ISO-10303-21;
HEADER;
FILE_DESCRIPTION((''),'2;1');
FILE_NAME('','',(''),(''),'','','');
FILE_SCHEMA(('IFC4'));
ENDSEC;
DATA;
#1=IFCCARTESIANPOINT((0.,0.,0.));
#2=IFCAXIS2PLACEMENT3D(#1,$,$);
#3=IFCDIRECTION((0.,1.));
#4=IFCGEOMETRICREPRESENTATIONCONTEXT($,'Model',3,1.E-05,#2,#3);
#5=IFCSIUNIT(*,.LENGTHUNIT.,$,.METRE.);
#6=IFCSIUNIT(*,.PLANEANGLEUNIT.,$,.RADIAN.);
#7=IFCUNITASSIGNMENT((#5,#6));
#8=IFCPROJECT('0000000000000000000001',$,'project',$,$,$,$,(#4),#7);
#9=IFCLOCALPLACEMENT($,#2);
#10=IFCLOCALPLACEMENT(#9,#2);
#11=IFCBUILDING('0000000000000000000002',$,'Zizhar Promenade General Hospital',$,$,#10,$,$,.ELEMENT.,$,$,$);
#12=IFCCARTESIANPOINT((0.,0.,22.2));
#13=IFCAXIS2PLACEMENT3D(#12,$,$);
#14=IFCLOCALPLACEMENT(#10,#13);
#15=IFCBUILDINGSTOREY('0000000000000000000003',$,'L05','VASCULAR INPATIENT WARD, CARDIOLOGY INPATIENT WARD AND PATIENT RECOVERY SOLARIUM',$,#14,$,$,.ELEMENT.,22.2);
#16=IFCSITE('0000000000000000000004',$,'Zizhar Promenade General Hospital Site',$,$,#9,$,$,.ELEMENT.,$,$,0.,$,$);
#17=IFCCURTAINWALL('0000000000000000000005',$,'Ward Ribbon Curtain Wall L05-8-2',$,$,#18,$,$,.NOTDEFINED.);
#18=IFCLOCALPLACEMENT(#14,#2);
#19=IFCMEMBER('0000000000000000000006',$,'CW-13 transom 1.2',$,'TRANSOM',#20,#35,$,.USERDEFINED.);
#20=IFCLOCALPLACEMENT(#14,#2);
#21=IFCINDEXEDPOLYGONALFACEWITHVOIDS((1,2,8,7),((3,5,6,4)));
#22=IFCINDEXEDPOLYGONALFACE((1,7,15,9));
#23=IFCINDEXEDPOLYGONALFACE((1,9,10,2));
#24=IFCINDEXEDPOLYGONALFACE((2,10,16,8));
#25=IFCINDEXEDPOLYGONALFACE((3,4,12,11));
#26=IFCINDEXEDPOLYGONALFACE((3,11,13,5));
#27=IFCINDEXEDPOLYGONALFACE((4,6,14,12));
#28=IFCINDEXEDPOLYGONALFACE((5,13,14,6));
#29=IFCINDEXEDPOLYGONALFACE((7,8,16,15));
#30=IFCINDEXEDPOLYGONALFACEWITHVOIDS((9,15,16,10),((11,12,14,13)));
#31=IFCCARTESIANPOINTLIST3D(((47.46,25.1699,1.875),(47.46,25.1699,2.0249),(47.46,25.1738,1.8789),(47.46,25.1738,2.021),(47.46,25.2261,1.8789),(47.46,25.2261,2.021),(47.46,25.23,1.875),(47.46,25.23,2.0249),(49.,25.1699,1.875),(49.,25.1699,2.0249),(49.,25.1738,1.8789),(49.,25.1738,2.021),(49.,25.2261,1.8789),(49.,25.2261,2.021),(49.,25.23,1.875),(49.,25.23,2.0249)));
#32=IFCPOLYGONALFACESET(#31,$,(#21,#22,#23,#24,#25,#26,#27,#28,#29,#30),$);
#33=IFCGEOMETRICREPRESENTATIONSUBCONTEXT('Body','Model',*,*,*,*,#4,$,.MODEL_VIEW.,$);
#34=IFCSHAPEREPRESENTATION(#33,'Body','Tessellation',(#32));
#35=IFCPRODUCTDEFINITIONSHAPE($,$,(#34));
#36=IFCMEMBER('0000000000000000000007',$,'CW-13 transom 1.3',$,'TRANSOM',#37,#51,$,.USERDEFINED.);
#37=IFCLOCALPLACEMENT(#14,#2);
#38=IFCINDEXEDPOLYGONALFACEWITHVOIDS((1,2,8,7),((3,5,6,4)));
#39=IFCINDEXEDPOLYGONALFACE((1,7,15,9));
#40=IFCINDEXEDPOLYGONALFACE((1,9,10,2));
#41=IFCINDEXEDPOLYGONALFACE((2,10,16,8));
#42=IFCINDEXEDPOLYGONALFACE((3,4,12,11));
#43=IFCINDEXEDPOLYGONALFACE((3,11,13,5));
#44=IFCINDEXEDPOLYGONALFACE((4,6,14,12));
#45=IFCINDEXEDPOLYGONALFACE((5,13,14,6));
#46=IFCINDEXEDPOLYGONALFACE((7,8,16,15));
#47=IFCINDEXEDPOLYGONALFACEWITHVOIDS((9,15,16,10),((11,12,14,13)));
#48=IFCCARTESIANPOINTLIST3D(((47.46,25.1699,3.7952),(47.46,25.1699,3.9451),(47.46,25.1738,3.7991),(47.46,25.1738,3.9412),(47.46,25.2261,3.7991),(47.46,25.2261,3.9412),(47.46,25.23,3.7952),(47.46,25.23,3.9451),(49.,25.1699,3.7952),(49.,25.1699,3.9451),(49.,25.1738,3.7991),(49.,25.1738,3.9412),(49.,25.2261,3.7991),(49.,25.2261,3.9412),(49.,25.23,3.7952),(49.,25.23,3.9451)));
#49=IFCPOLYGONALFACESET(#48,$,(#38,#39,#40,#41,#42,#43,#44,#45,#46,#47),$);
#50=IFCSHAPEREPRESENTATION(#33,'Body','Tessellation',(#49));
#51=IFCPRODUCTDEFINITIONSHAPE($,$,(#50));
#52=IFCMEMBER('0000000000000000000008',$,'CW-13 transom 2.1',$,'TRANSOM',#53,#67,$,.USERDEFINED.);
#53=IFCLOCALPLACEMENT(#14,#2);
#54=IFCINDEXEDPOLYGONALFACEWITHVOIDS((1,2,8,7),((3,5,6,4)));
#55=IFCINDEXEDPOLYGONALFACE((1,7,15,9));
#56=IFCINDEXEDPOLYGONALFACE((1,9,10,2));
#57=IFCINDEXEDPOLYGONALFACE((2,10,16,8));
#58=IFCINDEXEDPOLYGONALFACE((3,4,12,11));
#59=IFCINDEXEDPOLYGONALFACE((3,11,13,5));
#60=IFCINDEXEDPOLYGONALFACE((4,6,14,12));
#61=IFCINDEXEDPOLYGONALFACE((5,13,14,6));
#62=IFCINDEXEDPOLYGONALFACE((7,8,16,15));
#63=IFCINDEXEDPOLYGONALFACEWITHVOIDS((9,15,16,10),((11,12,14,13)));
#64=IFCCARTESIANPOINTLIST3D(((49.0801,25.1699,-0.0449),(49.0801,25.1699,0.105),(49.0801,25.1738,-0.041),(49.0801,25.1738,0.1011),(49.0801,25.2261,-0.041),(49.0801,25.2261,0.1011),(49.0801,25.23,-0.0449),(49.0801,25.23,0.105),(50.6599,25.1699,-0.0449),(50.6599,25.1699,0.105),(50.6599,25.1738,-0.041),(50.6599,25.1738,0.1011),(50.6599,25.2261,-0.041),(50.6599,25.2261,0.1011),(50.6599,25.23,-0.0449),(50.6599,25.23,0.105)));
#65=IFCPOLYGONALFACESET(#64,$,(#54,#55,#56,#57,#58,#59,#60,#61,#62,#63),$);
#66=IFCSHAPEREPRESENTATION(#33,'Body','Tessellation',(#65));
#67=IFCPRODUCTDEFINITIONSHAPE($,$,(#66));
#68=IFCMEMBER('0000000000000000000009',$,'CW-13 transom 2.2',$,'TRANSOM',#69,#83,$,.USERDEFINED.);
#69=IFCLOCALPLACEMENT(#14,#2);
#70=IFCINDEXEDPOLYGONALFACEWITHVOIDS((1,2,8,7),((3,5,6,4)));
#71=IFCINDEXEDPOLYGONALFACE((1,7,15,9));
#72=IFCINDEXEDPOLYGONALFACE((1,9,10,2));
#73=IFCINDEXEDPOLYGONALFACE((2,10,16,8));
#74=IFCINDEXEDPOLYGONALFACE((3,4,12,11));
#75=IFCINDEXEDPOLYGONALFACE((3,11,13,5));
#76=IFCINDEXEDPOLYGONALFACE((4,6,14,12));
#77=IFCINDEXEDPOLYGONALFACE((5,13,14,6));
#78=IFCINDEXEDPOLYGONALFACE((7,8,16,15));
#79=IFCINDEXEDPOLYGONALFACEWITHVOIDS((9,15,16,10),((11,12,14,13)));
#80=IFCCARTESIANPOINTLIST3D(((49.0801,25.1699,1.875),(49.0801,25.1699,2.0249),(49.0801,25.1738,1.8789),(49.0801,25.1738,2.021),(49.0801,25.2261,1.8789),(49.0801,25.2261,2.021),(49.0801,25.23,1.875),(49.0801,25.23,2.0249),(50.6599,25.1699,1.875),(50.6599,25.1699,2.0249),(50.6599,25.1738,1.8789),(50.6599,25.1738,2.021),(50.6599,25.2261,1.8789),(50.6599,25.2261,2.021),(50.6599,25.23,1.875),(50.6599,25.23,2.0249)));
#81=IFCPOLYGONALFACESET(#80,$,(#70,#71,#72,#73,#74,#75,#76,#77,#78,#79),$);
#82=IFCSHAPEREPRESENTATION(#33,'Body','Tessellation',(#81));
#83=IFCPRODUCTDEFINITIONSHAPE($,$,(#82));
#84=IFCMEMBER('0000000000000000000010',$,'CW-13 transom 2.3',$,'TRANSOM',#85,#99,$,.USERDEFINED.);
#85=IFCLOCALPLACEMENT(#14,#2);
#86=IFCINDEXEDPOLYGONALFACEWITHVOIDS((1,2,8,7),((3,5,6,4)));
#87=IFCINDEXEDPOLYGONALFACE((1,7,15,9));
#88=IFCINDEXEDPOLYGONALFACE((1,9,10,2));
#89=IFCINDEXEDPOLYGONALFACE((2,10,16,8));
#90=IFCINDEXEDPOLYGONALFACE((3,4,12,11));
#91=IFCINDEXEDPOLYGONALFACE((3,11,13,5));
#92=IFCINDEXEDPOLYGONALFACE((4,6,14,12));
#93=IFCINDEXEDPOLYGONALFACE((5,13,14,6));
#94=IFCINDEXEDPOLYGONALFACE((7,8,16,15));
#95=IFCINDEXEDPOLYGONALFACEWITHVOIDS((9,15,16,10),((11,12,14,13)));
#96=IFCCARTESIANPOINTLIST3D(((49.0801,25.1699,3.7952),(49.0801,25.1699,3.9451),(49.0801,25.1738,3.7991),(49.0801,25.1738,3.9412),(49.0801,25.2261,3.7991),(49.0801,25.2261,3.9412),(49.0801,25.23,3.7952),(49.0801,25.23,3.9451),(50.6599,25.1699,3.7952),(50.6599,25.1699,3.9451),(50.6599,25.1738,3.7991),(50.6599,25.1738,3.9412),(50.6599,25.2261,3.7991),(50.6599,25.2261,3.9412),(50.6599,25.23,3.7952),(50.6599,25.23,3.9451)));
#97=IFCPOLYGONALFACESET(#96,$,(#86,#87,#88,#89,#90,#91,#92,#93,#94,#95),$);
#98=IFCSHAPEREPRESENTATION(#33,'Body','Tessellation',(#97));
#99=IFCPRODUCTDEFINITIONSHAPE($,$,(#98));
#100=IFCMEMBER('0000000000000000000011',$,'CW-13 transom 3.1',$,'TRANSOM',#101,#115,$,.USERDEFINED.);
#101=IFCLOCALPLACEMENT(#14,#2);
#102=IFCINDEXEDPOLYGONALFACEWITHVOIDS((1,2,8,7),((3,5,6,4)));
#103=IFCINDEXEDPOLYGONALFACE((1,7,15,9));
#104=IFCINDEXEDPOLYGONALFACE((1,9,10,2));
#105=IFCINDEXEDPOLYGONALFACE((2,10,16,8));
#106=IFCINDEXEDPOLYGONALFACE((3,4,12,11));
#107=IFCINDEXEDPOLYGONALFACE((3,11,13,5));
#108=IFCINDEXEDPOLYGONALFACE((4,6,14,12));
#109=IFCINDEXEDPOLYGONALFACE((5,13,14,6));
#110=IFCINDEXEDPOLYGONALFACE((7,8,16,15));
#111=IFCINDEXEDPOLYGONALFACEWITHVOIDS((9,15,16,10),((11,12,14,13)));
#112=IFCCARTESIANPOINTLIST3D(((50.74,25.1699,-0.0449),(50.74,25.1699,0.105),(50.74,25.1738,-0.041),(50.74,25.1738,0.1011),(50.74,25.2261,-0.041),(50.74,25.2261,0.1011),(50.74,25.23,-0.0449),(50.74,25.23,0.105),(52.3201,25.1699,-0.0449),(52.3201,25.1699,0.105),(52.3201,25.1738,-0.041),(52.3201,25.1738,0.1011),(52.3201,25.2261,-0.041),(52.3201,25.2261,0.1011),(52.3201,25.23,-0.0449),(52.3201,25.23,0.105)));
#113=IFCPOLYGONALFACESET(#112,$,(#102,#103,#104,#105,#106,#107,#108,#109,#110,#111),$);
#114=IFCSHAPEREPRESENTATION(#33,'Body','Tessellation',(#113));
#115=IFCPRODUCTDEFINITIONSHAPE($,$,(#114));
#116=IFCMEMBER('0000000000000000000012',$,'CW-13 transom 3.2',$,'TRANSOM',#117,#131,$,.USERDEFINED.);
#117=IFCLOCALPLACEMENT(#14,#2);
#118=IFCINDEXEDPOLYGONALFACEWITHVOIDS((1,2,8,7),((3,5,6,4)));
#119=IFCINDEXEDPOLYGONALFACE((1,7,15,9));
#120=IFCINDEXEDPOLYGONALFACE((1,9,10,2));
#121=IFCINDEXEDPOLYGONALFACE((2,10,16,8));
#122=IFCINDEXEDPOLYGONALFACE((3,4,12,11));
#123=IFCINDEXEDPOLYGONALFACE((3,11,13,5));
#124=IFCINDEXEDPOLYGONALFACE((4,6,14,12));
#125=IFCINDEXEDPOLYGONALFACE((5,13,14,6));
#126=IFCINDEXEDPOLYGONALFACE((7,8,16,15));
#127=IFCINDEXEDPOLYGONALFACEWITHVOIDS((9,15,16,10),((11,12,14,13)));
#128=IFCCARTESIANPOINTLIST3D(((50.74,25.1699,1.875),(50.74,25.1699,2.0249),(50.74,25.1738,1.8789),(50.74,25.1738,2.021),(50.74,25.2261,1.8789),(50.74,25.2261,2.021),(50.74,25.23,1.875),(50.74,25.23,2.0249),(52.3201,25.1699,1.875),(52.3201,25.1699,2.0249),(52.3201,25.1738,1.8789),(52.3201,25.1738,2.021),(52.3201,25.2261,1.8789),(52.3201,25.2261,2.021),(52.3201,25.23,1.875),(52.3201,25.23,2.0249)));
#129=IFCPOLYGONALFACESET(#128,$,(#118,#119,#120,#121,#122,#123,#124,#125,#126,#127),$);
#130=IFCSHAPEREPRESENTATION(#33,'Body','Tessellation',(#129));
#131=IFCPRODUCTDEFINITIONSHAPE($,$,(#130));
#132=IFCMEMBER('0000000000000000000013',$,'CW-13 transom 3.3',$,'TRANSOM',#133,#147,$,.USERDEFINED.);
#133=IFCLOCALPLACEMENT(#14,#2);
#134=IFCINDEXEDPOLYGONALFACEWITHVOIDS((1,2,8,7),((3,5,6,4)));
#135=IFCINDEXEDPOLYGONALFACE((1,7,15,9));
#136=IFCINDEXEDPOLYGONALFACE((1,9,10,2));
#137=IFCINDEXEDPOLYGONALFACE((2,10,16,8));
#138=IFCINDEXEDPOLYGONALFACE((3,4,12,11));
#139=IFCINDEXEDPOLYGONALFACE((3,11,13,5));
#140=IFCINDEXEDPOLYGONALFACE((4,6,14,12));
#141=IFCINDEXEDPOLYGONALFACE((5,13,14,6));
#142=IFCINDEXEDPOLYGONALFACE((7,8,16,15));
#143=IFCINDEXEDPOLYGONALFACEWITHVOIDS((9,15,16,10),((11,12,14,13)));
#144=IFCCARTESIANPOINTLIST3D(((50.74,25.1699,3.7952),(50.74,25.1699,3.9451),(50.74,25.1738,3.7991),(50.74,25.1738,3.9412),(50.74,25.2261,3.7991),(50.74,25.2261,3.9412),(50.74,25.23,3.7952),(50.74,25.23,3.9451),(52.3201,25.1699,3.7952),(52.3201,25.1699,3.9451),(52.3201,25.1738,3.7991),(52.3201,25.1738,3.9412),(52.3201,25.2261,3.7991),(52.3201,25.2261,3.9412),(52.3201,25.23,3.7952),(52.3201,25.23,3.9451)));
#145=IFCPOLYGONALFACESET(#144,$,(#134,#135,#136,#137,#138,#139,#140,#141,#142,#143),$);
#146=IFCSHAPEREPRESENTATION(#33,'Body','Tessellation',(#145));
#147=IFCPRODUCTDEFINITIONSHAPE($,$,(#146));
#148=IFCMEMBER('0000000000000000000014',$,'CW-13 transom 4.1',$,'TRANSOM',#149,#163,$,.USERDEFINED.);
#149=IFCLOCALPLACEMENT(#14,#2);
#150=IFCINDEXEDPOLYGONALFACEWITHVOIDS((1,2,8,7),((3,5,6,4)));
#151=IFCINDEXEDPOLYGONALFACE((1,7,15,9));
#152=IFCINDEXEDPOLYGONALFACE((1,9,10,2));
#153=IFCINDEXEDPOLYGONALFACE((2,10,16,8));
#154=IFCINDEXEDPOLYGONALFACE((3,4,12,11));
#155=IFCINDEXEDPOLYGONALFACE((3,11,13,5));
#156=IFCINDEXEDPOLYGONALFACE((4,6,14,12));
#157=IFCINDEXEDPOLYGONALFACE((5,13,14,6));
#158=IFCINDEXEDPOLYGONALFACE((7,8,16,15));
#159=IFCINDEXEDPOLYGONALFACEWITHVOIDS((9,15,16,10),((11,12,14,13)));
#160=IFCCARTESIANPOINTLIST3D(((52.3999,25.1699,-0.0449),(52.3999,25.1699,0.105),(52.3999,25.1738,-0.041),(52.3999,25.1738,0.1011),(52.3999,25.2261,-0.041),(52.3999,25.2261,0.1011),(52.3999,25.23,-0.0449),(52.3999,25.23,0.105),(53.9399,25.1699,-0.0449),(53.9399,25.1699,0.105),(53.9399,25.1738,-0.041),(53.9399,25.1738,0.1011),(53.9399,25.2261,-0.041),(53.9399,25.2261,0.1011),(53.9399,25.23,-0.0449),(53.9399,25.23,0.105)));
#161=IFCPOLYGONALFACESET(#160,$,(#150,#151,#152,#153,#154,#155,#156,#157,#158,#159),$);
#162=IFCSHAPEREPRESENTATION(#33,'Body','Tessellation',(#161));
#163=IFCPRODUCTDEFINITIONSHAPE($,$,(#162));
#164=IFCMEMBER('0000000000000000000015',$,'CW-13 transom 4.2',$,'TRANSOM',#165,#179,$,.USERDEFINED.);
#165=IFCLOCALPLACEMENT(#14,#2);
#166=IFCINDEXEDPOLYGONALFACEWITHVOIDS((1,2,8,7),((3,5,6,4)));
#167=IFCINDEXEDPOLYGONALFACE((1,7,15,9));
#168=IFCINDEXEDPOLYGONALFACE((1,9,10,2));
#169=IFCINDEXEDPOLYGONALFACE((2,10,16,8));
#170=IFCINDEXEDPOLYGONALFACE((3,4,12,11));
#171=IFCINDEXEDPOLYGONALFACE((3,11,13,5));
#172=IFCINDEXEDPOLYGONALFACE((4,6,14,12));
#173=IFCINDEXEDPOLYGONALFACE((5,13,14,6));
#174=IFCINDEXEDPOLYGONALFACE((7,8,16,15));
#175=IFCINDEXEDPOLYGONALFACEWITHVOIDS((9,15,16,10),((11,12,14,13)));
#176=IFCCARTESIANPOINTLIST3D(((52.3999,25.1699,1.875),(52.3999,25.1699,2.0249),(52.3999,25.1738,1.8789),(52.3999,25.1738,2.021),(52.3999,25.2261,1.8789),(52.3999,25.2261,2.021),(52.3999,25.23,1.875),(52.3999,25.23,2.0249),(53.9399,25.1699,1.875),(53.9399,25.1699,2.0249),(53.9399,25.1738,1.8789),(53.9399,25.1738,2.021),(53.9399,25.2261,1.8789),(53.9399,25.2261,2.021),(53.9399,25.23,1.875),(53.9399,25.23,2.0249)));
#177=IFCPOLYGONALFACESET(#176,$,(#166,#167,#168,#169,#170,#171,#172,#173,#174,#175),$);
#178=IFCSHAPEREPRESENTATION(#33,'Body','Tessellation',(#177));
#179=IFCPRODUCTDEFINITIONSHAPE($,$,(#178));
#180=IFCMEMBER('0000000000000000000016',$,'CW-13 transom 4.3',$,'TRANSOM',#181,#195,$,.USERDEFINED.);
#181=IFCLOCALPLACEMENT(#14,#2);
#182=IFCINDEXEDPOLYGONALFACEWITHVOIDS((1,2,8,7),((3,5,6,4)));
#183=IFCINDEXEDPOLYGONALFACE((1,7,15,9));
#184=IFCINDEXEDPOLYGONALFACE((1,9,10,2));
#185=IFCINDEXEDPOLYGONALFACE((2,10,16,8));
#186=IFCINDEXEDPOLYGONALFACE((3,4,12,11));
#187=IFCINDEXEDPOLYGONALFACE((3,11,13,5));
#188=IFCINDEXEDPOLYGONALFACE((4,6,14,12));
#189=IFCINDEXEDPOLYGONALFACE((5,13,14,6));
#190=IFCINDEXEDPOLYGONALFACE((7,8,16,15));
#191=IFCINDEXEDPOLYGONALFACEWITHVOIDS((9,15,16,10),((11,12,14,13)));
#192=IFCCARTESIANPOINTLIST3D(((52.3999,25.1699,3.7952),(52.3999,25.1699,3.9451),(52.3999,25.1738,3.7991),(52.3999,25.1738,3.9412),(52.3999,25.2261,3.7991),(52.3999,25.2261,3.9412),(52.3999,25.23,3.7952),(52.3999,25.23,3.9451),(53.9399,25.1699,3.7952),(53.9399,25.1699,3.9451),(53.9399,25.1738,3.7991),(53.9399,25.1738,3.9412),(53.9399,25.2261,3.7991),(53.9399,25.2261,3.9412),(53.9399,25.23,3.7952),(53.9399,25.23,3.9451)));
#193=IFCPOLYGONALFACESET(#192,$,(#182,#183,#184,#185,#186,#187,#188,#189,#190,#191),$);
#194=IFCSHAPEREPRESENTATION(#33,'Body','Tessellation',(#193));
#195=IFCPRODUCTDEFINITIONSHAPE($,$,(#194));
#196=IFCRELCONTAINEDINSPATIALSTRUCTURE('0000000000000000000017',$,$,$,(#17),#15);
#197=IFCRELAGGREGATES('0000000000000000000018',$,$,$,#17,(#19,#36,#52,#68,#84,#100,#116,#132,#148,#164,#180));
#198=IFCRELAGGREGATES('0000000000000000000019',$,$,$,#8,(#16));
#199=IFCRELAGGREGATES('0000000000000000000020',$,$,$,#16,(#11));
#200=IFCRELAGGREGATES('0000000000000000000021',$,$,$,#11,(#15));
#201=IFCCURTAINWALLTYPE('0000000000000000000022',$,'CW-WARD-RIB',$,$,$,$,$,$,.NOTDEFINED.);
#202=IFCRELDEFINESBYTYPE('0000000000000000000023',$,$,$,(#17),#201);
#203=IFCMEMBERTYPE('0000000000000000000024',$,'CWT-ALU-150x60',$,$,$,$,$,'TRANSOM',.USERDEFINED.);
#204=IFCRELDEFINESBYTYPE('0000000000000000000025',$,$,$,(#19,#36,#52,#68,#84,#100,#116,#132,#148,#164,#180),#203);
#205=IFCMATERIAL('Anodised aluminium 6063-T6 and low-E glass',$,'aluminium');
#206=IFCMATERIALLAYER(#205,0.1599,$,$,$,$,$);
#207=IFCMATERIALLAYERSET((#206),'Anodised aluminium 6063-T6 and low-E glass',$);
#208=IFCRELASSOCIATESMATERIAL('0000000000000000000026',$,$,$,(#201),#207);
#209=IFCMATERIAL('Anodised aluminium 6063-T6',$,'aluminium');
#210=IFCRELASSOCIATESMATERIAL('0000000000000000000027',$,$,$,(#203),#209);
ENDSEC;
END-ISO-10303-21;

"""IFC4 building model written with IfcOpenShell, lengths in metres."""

from ifc_helpers import new_model, si_unit, direction, frame, origin, origin_2d, place, context, subcontext, project, spatial, hollow_rectangle, extrude, material, layer, layer_set, material_profile, profile_set, type_object, element, aggregate, save


model = new_model("IFC4")

# Units and contexts
model_context = context("Model", 3, precision=1e-05, world=origin(), true_north=direction((0.0, 1.0)))
body_context = subcontext(model_context, "Body", "Model", "MODEL_VIEW")
ifc_project = project(units=[si_unit("LENGTHUNIT", "METRE"), si_unit("PLANEANGLEUNIT", "RADIAN")], contexts=[model_context])

# Site, building, storey
site_placement = place(None, origin())
site = spatial("IfcSite", under=ifc_project, at=site_placement, Name="Zizhar Promenade General Hospital Site", CompositionType="ELEMENT", RefElevation=0.0)
building_placement = place(site_placement, origin())
building = spatial("IfcBuilding", under=site, at=building_placement, Name="Zizhar Promenade General Hospital", CompositionType="ELEMENT")
storey_placement = place(building_placement, frame((0.0, 0.0, 22.2)))
storey = spatial("IfcBuildingStorey", under=building, at=storey_placement, Name="L05", Description="VASCULAR INPATIENT WARD, CARDIOLOGY INPATIENT WARD AND PATIENT RECOVERY SOLARIUM", CompositionType="ELEMENT", Elevation=22.2)

# Shared definitions
ifc_material_1 = material(Name="Anodised aluminium 6063-T6 and low-E glass", Category="aluminium")
ifc_layer_1 = layer(ifc_material_1, 0.1599)
ifc_layer_set_1 = layer_set([ifc_layer_1], Name="Anodised aluminium 6063-T6 and low-E glass")
curtain_wall_type = type_object("IfcCurtainWallType", Name="CW-WARD-RIB", PredefinedType="NOTDEFINED", material=ifc_layer_set_1)

# Curtain wall
curtain_wall_1_placement = place(storey_placement, origin())
curtain_wall_1 = element("IfcCurtainWall", 1, at=curtain_wall_1_placement, inside=storey, type_object=curtain_wall_type, Name="Ward Ribbon Curtain Wall L05-8-2", PredefinedType="NOTDEFINED")

# Members
ifc_material_2 = material(Name="Anodised aluminium 6063-T6", Category="aluminium")
ifc_material_profile_1 = material_profile(ifc_material_2, hollow_rectangle(XDim=0.0601, YDim=0.1499, WallThickness=0.0039, at=origin_2d()))
ifc_profile_set_1 = profile_set([ifc_material_profile_1], Name="Anodised aluminium 6063-T6")
member_type_1 = type_object("IfcMemberType", Name="CWT-ALU-150x60", ElementType="TRANSOM", PredefinedType="USERDEFINED", material=ifc_profile_set_1)
member_1_placement = place(storey_placement, frame((47.46, 25.2, 1.95), z_axis=(1.0, 0.0, 0.0), x_axis=(0.0, 1.0, 0.0)))
member_1 = element("IfcMember", 2, at=member_1_placement, type_object=member_type_1, Name="CW-13 transom 1.2", ObjectType="TRANSOM", PredefinedType="USERDEFINED", context=body_context, shape_type="SweptSolid", body=[
    extrude(hollow_rectangle(XDim=0.0601, YDim=0.1499, WallThickness=0.0039, at=origin_2d()), origin(), (0.0, 0.0, 1.0), 1.54),
])
member_2_placement = place(storey_placement, frame((47.46, 25.2, 3.8701), z_axis=(1.0, 0.0, 0.0), x_axis=(0.0, 1.0, 0.0)))
member_2 = element("IfcMember", 3, at=member_2_placement, type_object=member_type_1, Name="CW-13 transom 1.3", ObjectType="TRANSOM", PredefinedType="USERDEFINED", context=body_context, shape_type="SweptSolid", body=[
    extrude(hollow_rectangle(XDim=0.0601, YDim=0.1499, WallThickness=0.0039, at=origin_2d()), origin(), (0.0, 0.0, 1.0), 1.54),
])
member_3_placement = place(storey_placement, frame((49.0801, 25.2, 0.03), z_axis=(1.0, 0.0, 0.0), x_axis=(0.0, 1.0, 0.0)))
member_3 = element("IfcMember", 4, at=member_3_placement, type_object=member_type_1, Name="CW-13 transom 2.1", ObjectType="TRANSOM", PredefinedType="USERDEFINED", context=body_context, shape_type="SweptSolid", body=[
    extrude(hollow_rectangle(XDim=0.0601, YDim=0.1499, WallThickness=0.0039, at=origin_2d()), origin(), (0.0, 0.0, 1.0), 1.5798),
])
member_4_placement = place(storey_placement, frame((49.0801, 25.2, 1.95), z_axis=(1.0, 0.0, 0.0), x_axis=(0.0, 1.0, 0.0)))
member_4 = element("IfcMember", 5, at=member_4_placement, type_object=member_type_1, Name="CW-13 transom 2.2", ObjectType="TRANSOM", PredefinedType="USERDEFINED", context=body_context, shape_type="SweptSolid", body=[
    extrude(hollow_rectangle(XDim=0.0601, YDim=0.1499, WallThickness=0.0039, at=origin_2d()), origin(), (0.0, 0.0, 1.0), 1.5798),
])
member_5_placement = place(storey_placement, frame((49.0801, 25.2, 3.8701), z_axis=(1.0, 0.0, 0.0), x_axis=(0.0, 1.0, 0.0)))
member_5 = element("IfcMember", 6, at=member_5_placement, type_object=member_type_1, Name="CW-13 transom 2.3", ObjectType="TRANSOM", PredefinedType="USERDEFINED", context=body_context, shape_type="SweptSolid", body=[
    extrude(hollow_rectangle(XDim=0.0601, YDim=0.1499, WallThickness=0.0039, at=origin_2d()), origin(), (0.0, 0.0, 1.0), 1.5798),
])
member_6_placement = place(storey_placement, frame((50.74, 25.2, 0.03), z_axis=(1.0, 0.0, 0.0), x_axis=(0.0, 1.0, 0.0)))
member_6 = element("IfcMember", 7, at=member_6_placement, type_object=member_type_1, Name="CW-13 transom 3.1", ObjectType="TRANSOM", PredefinedType="USERDEFINED", context=body_context, shape_type="SweptSolid", body=[
    extrude(hollow_rectangle(XDim=0.0601, YDim=0.1499, WallThickness=0.0039, at=origin_2d()), origin(), (0.0, 0.0, 1.0), 1.5801),
])
member_7_placement = place(storey_placement, frame((50.74, 25.2, 1.95), z_axis=(1.0, 0.0, 0.0), x_axis=(0.0, 1.0, 0.0)))
member_7 = element("IfcMember", 8, at=member_7_placement, type_object=member_type_1, Name="CW-13 transom 3.2", ObjectType="TRANSOM", PredefinedType="USERDEFINED", context=body_context, shape_type="SweptSolid", body=[
    extrude(hollow_rectangle(XDim=0.0601, YDim=0.1499, WallThickness=0.0039, at=origin_2d()), origin(), (0.0, 0.0, 1.0), 1.5801),
])
member_8_placement = place(storey_placement, frame((50.74, 25.2, 3.8701), z_axis=(1.0, 0.0, 0.0), x_axis=(0.0, 1.0, 0.0)))
member_8 = element("IfcMember", 9, at=member_8_placement, type_object=member_type_1, Name="CW-13 transom 3.3", ObjectType="TRANSOM", PredefinedType="USERDEFINED", context=body_context, shape_type="SweptSolid", body=[
    extrude(hollow_rectangle(XDim=0.0601, YDim=0.1499, WallThickness=0.0039, at=origin_2d()), origin(), (0.0, 0.0, 1.0), 1.5801),
])
member_9_placement = place(storey_placement, frame((52.3999, 25.2, 0.03), z_axis=(1.0, 0.0, 0.0), x_axis=(0.0, 1.0, 0.0)))
member_9 = element("IfcMember", 10, at=member_9_placement, type_object=member_type_1, Name="CW-13 transom 4.1", ObjectType="TRANSOM", PredefinedType="USERDEFINED", context=body_context, shape_type="SweptSolid", body=[
    extrude(hollow_rectangle(XDim=0.0601, YDim=0.1499, WallThickness=0.0039, at=origin_2d()), origin(), (0.0, 0.0, 1.0), 1.54),
])
member_10_placement = place(storey_placement, frame((52.3999, 25.2, 1.95), z_axis=(1.0, 0.0, 0.0), x_axis=(0.0, 1.0, 0.0)))
member_10 = element("IfcMember", 11, at=member_10_placement, type_object=member_type_1, Name="CW-13 transom 4.2", ObjectType="TRANSOM", PredefinedType="USERDEFINED", context=body_context, shape_type="SweptSolid", body=[
    extrude(hollow_rectangle(XDim=0.0601, YDim=0.1499, WallThickness=0.0039, at=origin_2d()), origin(), (0.0, 0.0, 1.0), 1.54),
])
member_11_placement = place(storey_placement, frame((52.3999, 25.2, 3.8701), z_axis=(1.0, 0.0, 0.0), x_axis=(0.0, 1.0, 0.0)))
member_11 = element("IfcMember", 12, at=member_11_placement, type_object=member_type_1, Name="CW-13 transom 4.3", ObjectType="TRANSOM", PredefinedType="USERDEFINED", context=body_context, shape_type="SweptSolid", body=[
    extrude(hollow_rectangle(XDim=0.0601, YDim=0.1499, WallThickness=0.0039, at=origin_2d()), origin(), (0.0, 0.0, 1.0), 1.54),
])

aggregate(curtain_wall_1, [member_1, member_2, member_3, member_4, member_5, member_6, member_7, member_8, member_9, member_10, member_11])

save(model, "model.ifc")
